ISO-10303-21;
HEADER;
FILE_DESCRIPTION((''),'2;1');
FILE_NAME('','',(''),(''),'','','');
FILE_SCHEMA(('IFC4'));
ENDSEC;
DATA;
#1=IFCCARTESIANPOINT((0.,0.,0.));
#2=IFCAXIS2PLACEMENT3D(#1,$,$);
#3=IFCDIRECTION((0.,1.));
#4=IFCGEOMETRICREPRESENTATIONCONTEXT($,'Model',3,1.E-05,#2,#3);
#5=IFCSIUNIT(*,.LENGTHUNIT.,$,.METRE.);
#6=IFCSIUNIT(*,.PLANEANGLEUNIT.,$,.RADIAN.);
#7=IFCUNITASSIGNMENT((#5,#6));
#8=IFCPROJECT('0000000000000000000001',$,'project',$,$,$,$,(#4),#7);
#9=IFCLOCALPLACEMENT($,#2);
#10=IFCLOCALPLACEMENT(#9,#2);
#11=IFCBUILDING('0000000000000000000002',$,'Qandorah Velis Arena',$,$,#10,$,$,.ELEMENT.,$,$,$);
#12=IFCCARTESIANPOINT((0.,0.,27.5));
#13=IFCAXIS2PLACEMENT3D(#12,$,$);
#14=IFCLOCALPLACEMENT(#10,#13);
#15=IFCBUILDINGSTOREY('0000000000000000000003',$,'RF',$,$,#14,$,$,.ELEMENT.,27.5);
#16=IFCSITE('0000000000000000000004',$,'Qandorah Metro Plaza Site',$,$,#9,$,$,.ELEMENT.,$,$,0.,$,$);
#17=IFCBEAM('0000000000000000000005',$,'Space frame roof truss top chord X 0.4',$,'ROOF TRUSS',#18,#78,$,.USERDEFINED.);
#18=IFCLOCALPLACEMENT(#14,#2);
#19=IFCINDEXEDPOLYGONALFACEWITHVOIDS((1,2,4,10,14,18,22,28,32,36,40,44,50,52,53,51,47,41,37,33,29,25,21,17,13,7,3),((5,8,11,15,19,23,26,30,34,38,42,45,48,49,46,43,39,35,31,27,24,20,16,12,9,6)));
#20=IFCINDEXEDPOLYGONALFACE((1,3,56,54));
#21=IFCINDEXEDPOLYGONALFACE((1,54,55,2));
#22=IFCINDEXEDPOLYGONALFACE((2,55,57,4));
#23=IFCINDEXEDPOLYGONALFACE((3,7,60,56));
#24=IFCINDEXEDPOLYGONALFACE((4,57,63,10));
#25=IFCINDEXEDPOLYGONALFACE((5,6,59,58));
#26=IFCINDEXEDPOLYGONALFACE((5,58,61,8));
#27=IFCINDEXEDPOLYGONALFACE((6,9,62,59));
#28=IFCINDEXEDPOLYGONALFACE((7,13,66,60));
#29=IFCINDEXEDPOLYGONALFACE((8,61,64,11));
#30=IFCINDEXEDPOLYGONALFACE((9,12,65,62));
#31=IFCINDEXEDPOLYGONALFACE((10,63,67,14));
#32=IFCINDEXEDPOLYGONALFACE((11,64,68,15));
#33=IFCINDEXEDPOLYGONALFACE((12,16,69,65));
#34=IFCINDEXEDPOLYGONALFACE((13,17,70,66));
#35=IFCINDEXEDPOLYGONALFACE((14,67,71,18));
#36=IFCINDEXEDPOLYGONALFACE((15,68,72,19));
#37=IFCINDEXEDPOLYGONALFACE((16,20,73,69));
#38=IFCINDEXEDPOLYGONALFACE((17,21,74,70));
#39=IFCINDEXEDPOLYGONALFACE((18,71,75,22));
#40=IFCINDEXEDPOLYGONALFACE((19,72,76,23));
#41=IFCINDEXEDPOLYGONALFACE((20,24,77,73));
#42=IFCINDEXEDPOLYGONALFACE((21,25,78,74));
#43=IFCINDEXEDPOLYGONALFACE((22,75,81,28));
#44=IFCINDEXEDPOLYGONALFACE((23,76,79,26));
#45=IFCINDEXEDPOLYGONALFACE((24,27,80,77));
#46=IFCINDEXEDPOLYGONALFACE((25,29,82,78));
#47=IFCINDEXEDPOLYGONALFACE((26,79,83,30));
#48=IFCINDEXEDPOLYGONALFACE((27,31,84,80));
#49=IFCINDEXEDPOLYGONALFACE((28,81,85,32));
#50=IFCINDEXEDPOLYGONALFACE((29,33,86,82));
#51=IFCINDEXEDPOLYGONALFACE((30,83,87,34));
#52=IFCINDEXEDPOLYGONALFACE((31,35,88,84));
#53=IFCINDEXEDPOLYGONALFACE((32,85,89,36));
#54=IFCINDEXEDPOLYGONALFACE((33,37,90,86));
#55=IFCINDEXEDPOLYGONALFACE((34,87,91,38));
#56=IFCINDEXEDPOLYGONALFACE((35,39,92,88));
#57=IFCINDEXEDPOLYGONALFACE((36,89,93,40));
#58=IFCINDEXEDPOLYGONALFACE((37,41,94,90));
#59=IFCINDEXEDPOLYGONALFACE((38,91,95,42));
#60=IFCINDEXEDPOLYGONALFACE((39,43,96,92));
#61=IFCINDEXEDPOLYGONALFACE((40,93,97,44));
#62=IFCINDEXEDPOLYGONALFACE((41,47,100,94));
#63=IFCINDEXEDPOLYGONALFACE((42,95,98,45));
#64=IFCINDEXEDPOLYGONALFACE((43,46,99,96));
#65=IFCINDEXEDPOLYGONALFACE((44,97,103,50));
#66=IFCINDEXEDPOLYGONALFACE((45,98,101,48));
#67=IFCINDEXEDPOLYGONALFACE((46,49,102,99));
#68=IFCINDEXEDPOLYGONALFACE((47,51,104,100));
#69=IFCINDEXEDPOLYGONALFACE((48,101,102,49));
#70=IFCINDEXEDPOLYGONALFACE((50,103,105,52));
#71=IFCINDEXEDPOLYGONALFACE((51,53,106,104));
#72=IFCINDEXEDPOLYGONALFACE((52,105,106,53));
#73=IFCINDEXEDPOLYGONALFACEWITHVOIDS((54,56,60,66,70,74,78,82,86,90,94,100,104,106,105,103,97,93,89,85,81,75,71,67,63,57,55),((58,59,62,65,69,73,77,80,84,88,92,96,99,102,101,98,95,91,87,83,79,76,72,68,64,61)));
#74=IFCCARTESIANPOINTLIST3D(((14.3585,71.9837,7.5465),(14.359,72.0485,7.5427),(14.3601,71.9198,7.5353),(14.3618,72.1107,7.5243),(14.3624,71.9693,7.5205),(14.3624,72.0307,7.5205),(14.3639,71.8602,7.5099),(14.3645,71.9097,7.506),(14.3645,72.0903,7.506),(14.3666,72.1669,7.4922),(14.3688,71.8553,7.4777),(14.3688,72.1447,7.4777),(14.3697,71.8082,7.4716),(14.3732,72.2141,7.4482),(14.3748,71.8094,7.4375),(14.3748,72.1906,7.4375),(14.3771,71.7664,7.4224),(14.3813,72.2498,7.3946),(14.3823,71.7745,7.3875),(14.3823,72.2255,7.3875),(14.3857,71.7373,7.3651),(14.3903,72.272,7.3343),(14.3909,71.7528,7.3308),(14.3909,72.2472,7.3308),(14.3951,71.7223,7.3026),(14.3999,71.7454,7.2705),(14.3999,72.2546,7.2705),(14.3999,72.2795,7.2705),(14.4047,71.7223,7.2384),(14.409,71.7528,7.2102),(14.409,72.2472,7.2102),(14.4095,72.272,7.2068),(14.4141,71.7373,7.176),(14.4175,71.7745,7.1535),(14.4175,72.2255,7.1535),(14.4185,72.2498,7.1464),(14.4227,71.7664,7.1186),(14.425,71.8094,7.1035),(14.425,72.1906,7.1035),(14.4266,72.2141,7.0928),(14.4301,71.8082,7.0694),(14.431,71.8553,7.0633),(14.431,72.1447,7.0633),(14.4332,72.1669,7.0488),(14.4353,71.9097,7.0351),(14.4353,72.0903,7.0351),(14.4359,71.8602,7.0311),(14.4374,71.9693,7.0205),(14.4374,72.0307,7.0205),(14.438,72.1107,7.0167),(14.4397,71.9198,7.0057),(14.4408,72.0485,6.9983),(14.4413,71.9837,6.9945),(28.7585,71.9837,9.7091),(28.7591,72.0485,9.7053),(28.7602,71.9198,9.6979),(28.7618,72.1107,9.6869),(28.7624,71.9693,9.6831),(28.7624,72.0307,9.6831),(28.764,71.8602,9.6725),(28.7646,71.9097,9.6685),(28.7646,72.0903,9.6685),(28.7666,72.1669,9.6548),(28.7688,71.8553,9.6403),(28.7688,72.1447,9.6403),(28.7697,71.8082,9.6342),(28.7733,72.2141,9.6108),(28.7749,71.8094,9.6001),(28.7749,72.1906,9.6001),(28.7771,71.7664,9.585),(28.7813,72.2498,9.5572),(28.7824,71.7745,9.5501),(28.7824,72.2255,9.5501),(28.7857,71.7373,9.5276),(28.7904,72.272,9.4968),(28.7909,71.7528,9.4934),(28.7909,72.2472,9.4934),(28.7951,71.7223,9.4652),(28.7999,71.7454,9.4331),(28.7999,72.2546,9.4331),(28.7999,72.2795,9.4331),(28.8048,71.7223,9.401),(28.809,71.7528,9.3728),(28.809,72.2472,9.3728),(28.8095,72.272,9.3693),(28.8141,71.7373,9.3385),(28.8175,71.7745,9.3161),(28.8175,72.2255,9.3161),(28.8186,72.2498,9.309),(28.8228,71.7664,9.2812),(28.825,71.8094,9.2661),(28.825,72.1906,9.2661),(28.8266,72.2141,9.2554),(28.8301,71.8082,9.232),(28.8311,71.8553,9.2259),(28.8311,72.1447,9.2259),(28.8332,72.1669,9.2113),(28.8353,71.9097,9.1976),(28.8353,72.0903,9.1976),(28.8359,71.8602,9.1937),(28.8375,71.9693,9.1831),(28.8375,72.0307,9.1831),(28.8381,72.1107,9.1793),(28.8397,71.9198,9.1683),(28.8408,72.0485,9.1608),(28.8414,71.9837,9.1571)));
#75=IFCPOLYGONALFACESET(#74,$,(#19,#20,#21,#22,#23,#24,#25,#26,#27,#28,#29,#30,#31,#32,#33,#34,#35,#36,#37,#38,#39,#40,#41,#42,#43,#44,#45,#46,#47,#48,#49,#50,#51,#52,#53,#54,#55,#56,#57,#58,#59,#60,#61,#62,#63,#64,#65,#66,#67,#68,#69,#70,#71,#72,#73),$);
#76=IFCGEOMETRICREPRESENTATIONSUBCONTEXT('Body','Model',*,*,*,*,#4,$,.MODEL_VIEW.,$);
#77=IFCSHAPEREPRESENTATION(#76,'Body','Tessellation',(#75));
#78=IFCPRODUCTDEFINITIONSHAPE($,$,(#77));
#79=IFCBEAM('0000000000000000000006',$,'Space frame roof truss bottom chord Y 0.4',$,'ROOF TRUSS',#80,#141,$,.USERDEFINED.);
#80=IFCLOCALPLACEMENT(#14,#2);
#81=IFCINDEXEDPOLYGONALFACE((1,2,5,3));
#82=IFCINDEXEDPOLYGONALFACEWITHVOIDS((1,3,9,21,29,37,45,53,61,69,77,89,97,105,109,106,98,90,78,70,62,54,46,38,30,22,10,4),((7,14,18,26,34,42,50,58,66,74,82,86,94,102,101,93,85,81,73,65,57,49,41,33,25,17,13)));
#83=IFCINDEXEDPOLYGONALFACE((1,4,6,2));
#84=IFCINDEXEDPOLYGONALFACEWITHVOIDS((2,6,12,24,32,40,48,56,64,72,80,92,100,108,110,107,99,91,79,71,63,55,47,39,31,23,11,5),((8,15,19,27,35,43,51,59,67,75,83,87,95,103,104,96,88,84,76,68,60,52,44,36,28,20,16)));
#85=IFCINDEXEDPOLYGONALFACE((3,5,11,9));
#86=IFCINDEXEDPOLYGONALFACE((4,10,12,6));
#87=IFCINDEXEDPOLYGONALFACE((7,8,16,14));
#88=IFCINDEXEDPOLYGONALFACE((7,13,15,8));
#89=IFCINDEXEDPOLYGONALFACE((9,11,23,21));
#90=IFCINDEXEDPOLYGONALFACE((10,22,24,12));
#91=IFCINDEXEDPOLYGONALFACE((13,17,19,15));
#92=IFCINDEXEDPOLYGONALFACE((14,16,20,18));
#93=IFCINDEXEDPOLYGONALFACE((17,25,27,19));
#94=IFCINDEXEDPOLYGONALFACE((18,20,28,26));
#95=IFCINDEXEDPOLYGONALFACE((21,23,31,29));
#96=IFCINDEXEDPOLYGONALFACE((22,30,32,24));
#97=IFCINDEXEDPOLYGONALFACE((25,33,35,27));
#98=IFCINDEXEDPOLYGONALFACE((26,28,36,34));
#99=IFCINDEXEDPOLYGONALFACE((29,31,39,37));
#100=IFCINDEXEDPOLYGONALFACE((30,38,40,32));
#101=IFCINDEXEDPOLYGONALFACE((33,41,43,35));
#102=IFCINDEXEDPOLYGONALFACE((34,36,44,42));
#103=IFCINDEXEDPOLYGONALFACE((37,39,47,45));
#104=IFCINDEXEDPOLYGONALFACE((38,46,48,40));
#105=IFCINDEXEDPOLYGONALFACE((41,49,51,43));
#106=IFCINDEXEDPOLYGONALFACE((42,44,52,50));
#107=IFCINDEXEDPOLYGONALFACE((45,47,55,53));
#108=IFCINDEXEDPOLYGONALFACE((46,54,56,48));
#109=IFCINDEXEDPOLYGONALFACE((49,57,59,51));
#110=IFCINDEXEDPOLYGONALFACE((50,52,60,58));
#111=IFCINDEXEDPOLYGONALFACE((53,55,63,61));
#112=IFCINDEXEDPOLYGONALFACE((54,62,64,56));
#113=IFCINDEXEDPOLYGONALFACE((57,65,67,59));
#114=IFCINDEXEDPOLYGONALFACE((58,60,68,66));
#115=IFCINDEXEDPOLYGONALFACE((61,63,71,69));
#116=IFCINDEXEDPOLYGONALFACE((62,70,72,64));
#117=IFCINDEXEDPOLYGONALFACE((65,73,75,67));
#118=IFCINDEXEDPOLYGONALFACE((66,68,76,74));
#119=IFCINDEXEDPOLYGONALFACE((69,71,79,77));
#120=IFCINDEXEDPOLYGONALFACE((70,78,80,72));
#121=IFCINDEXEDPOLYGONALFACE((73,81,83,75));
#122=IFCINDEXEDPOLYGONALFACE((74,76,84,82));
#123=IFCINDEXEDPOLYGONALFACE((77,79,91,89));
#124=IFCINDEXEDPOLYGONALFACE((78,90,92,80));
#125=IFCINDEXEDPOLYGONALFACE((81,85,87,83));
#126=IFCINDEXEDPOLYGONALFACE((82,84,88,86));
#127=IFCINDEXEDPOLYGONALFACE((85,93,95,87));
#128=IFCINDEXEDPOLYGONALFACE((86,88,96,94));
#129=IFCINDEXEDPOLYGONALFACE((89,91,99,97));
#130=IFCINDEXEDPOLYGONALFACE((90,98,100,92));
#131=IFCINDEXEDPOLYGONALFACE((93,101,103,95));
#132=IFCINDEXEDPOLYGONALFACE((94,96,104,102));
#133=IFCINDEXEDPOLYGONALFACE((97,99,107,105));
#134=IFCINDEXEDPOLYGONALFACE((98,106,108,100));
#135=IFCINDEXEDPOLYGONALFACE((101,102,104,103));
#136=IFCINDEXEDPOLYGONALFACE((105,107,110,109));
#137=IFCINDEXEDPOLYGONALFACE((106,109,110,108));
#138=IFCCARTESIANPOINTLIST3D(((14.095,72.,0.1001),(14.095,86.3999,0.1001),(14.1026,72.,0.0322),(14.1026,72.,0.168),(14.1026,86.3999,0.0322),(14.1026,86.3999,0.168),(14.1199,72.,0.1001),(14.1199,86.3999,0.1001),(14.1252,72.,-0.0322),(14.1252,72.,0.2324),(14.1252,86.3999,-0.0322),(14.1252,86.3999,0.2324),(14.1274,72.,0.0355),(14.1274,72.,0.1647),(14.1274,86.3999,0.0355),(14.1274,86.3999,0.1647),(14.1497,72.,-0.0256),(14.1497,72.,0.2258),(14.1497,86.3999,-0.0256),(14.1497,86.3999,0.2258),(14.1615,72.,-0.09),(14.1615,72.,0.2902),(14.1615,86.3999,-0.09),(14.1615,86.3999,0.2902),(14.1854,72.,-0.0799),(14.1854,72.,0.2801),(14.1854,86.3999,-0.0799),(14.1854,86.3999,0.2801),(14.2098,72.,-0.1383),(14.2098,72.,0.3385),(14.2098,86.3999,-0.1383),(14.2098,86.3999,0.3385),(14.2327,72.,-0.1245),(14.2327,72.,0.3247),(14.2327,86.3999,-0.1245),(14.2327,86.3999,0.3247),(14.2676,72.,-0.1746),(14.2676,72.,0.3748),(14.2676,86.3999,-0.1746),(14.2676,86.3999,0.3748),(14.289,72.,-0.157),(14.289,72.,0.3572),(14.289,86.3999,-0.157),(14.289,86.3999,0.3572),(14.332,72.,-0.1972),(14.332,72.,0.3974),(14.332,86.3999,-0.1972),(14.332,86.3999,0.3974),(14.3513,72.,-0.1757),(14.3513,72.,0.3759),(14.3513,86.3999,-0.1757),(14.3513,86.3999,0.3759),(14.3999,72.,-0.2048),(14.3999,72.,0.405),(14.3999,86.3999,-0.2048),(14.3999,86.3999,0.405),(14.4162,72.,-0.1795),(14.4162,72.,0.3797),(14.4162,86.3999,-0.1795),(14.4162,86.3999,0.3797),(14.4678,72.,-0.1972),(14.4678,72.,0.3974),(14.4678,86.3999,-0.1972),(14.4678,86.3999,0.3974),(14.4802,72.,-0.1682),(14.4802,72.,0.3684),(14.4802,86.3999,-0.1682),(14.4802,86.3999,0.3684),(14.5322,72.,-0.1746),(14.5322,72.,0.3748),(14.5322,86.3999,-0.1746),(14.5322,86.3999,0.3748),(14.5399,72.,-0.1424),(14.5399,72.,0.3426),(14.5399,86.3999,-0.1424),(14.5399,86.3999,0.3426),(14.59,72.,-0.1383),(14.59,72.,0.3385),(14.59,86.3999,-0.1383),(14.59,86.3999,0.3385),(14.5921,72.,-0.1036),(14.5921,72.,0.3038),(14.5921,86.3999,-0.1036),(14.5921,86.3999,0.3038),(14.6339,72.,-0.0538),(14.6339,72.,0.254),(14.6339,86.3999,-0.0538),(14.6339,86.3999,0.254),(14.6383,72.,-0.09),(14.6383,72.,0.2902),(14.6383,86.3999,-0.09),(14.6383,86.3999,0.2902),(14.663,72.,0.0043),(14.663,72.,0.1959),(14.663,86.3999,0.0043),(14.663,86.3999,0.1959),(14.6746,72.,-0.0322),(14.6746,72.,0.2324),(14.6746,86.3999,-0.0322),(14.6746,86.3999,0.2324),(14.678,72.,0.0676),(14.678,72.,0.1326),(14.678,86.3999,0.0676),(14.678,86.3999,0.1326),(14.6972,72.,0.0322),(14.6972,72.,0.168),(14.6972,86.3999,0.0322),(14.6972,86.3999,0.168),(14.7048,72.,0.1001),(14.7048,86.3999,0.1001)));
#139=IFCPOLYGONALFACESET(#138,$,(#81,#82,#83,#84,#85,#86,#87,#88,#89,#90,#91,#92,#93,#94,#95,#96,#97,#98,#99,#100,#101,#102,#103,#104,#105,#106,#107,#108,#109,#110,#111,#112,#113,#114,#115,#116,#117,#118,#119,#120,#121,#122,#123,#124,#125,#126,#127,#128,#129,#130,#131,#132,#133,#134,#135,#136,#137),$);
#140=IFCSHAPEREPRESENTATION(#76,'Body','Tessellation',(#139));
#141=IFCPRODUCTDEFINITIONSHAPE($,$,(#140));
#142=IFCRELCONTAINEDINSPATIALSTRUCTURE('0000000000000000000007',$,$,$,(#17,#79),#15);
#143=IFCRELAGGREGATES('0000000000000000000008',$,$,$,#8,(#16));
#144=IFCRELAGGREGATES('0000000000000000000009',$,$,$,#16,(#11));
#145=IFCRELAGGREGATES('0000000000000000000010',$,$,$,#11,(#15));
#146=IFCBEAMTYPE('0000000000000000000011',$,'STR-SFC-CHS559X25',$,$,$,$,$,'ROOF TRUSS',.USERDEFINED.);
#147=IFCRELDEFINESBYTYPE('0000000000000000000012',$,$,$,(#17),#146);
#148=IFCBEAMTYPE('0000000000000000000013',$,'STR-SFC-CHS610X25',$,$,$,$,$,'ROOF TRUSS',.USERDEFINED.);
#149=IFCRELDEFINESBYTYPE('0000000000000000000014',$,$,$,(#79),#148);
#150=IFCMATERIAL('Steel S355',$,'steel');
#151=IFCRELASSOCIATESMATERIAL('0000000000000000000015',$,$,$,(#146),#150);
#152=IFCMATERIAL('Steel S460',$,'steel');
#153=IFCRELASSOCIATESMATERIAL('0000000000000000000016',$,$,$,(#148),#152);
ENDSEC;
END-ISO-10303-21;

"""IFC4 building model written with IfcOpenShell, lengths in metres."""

from ifc_helpers import new_model, si_unit, direction, frame, origin, origin_2d, place, context, subcontext, project, spatial, hollow_circle, extrude, material, material_profile, profile_set, type_object, element, save


model = new_model("IFC4")

# Units and contexts
model_context = context("Model", 3, precision=1e-05, world=origin(), true_north=direction((0.0, 1.0)))
body_context = subcontext(model_context, "Body", "Model", "MODEL_VIEW")
ifc_project = project(units=[si_unit("LENGTHUNIT", "METRE"), si_unit("PLANEANGLEUNIT", "RADIAN")], contexts=[model_context])

# Site, building, storey
site_placement = place(None, origin())
site = spatial("IfcSite", under=ifc_project, at=site_placement, Name="Qandorah Metro Plaza Site", CompositionType="ELEMENT", RefElevation=0.0)
building_placement = place(site_placement, origin())
building = spatial("IfcBuilding", under=site, at=building_placement, Name="Qandorah Velis Arena", CompositionType="ELEMENT")
storey_placement = place(building_placement, frame((0.0, 0.0, 27.5)))
storey = spatial("IfcBuildingStorey", under=building, at=storey_placement, Name="RF", CompositionType="ELEMENT", Elevation=27.5)

# Beams
ifc_material_1 = material(Name="Steel S355", Category="steel")
ifc_material_profile_1 = material_profile(ifc_material_1, hollow_circle(Radius=0.2795, WallThickness=0.0249, at=origin_2d()), Name="CHS 559x25")
ifc_profile_set_1 = profile_set([ifc_material_profile_1], Name="Steel S355")
beam_type_1 = type_object("IfcBeamType", Name="STR-SFC-CHS559X25", ElementType="ROOF TRUSS", PredefinedType="USERDEFINED", material=ifc_profile_set_1)
beam_1_placement = place(storey_placement, frame((14.3999, 72.0, 7.2705), z_axis=(0.98891, 0.0, 0.148513), x_axis=(0.0, 1.0, 0.0)))
element("IfcBeam", 1, at=beam_1_placement, inside=storey, type_object=beam_type_1, Name="Space frame roof truss top chord X 0.4", ObjectType="ROOF TRUSS", PredefinedType="USERDEFINED", context=body_context, shape_type="SweptSolid", body=[
    extrude(hollow_circle(Radius=0.2795, WallThickness=0.0249, at=origin_2d()), origin(), (0.0, 0.0, 1.0), 14.5615),
])
ifc_material_2 = material(Name="Steel S460", Category="steel")
ifc_material_profile_2 = material_profile(ifc_material_2, hollow_circle(Radius=0.3049, WallThickness=0.0249, at=origin_2d()), Name="CHS 610x25")
ifc_profile_set_2 = profile_set([ifc_material_profile_2], Name="Steel S460")
beam_type_2 = type_object("IfcBeamType", Name="STR-SFC-CHS610X25", ElementType="ROOF TRUSS", PredefinedType="USERDEFINED", material=ifc_profile_set_2)
beam_2_placement = place(storey_placement, frame((14.3999, 72.0, 0.1001), z_axis=(0.0, 1.0, 0.0), x_axis=(-1.0, 0.0, 0.0)))
element("IfcBeam", 2, at=beam_2_placement, inside=storey, type_object=beam_type_2, Name="Space frame roof truss bottom chord Y 0.4", ObjectType="ROOF TRUSS", PredefinedType="USERDEFINED", context=body_context, shape_type="SweptSolid", body=[
    extrude(hollow_circle(Radius=0.3049, WallThickness=0.0249, at=origin_2d()), origin(), (0.0, 0.0, 1.0), 14.3999),
])

save(model, "model.ifc")
